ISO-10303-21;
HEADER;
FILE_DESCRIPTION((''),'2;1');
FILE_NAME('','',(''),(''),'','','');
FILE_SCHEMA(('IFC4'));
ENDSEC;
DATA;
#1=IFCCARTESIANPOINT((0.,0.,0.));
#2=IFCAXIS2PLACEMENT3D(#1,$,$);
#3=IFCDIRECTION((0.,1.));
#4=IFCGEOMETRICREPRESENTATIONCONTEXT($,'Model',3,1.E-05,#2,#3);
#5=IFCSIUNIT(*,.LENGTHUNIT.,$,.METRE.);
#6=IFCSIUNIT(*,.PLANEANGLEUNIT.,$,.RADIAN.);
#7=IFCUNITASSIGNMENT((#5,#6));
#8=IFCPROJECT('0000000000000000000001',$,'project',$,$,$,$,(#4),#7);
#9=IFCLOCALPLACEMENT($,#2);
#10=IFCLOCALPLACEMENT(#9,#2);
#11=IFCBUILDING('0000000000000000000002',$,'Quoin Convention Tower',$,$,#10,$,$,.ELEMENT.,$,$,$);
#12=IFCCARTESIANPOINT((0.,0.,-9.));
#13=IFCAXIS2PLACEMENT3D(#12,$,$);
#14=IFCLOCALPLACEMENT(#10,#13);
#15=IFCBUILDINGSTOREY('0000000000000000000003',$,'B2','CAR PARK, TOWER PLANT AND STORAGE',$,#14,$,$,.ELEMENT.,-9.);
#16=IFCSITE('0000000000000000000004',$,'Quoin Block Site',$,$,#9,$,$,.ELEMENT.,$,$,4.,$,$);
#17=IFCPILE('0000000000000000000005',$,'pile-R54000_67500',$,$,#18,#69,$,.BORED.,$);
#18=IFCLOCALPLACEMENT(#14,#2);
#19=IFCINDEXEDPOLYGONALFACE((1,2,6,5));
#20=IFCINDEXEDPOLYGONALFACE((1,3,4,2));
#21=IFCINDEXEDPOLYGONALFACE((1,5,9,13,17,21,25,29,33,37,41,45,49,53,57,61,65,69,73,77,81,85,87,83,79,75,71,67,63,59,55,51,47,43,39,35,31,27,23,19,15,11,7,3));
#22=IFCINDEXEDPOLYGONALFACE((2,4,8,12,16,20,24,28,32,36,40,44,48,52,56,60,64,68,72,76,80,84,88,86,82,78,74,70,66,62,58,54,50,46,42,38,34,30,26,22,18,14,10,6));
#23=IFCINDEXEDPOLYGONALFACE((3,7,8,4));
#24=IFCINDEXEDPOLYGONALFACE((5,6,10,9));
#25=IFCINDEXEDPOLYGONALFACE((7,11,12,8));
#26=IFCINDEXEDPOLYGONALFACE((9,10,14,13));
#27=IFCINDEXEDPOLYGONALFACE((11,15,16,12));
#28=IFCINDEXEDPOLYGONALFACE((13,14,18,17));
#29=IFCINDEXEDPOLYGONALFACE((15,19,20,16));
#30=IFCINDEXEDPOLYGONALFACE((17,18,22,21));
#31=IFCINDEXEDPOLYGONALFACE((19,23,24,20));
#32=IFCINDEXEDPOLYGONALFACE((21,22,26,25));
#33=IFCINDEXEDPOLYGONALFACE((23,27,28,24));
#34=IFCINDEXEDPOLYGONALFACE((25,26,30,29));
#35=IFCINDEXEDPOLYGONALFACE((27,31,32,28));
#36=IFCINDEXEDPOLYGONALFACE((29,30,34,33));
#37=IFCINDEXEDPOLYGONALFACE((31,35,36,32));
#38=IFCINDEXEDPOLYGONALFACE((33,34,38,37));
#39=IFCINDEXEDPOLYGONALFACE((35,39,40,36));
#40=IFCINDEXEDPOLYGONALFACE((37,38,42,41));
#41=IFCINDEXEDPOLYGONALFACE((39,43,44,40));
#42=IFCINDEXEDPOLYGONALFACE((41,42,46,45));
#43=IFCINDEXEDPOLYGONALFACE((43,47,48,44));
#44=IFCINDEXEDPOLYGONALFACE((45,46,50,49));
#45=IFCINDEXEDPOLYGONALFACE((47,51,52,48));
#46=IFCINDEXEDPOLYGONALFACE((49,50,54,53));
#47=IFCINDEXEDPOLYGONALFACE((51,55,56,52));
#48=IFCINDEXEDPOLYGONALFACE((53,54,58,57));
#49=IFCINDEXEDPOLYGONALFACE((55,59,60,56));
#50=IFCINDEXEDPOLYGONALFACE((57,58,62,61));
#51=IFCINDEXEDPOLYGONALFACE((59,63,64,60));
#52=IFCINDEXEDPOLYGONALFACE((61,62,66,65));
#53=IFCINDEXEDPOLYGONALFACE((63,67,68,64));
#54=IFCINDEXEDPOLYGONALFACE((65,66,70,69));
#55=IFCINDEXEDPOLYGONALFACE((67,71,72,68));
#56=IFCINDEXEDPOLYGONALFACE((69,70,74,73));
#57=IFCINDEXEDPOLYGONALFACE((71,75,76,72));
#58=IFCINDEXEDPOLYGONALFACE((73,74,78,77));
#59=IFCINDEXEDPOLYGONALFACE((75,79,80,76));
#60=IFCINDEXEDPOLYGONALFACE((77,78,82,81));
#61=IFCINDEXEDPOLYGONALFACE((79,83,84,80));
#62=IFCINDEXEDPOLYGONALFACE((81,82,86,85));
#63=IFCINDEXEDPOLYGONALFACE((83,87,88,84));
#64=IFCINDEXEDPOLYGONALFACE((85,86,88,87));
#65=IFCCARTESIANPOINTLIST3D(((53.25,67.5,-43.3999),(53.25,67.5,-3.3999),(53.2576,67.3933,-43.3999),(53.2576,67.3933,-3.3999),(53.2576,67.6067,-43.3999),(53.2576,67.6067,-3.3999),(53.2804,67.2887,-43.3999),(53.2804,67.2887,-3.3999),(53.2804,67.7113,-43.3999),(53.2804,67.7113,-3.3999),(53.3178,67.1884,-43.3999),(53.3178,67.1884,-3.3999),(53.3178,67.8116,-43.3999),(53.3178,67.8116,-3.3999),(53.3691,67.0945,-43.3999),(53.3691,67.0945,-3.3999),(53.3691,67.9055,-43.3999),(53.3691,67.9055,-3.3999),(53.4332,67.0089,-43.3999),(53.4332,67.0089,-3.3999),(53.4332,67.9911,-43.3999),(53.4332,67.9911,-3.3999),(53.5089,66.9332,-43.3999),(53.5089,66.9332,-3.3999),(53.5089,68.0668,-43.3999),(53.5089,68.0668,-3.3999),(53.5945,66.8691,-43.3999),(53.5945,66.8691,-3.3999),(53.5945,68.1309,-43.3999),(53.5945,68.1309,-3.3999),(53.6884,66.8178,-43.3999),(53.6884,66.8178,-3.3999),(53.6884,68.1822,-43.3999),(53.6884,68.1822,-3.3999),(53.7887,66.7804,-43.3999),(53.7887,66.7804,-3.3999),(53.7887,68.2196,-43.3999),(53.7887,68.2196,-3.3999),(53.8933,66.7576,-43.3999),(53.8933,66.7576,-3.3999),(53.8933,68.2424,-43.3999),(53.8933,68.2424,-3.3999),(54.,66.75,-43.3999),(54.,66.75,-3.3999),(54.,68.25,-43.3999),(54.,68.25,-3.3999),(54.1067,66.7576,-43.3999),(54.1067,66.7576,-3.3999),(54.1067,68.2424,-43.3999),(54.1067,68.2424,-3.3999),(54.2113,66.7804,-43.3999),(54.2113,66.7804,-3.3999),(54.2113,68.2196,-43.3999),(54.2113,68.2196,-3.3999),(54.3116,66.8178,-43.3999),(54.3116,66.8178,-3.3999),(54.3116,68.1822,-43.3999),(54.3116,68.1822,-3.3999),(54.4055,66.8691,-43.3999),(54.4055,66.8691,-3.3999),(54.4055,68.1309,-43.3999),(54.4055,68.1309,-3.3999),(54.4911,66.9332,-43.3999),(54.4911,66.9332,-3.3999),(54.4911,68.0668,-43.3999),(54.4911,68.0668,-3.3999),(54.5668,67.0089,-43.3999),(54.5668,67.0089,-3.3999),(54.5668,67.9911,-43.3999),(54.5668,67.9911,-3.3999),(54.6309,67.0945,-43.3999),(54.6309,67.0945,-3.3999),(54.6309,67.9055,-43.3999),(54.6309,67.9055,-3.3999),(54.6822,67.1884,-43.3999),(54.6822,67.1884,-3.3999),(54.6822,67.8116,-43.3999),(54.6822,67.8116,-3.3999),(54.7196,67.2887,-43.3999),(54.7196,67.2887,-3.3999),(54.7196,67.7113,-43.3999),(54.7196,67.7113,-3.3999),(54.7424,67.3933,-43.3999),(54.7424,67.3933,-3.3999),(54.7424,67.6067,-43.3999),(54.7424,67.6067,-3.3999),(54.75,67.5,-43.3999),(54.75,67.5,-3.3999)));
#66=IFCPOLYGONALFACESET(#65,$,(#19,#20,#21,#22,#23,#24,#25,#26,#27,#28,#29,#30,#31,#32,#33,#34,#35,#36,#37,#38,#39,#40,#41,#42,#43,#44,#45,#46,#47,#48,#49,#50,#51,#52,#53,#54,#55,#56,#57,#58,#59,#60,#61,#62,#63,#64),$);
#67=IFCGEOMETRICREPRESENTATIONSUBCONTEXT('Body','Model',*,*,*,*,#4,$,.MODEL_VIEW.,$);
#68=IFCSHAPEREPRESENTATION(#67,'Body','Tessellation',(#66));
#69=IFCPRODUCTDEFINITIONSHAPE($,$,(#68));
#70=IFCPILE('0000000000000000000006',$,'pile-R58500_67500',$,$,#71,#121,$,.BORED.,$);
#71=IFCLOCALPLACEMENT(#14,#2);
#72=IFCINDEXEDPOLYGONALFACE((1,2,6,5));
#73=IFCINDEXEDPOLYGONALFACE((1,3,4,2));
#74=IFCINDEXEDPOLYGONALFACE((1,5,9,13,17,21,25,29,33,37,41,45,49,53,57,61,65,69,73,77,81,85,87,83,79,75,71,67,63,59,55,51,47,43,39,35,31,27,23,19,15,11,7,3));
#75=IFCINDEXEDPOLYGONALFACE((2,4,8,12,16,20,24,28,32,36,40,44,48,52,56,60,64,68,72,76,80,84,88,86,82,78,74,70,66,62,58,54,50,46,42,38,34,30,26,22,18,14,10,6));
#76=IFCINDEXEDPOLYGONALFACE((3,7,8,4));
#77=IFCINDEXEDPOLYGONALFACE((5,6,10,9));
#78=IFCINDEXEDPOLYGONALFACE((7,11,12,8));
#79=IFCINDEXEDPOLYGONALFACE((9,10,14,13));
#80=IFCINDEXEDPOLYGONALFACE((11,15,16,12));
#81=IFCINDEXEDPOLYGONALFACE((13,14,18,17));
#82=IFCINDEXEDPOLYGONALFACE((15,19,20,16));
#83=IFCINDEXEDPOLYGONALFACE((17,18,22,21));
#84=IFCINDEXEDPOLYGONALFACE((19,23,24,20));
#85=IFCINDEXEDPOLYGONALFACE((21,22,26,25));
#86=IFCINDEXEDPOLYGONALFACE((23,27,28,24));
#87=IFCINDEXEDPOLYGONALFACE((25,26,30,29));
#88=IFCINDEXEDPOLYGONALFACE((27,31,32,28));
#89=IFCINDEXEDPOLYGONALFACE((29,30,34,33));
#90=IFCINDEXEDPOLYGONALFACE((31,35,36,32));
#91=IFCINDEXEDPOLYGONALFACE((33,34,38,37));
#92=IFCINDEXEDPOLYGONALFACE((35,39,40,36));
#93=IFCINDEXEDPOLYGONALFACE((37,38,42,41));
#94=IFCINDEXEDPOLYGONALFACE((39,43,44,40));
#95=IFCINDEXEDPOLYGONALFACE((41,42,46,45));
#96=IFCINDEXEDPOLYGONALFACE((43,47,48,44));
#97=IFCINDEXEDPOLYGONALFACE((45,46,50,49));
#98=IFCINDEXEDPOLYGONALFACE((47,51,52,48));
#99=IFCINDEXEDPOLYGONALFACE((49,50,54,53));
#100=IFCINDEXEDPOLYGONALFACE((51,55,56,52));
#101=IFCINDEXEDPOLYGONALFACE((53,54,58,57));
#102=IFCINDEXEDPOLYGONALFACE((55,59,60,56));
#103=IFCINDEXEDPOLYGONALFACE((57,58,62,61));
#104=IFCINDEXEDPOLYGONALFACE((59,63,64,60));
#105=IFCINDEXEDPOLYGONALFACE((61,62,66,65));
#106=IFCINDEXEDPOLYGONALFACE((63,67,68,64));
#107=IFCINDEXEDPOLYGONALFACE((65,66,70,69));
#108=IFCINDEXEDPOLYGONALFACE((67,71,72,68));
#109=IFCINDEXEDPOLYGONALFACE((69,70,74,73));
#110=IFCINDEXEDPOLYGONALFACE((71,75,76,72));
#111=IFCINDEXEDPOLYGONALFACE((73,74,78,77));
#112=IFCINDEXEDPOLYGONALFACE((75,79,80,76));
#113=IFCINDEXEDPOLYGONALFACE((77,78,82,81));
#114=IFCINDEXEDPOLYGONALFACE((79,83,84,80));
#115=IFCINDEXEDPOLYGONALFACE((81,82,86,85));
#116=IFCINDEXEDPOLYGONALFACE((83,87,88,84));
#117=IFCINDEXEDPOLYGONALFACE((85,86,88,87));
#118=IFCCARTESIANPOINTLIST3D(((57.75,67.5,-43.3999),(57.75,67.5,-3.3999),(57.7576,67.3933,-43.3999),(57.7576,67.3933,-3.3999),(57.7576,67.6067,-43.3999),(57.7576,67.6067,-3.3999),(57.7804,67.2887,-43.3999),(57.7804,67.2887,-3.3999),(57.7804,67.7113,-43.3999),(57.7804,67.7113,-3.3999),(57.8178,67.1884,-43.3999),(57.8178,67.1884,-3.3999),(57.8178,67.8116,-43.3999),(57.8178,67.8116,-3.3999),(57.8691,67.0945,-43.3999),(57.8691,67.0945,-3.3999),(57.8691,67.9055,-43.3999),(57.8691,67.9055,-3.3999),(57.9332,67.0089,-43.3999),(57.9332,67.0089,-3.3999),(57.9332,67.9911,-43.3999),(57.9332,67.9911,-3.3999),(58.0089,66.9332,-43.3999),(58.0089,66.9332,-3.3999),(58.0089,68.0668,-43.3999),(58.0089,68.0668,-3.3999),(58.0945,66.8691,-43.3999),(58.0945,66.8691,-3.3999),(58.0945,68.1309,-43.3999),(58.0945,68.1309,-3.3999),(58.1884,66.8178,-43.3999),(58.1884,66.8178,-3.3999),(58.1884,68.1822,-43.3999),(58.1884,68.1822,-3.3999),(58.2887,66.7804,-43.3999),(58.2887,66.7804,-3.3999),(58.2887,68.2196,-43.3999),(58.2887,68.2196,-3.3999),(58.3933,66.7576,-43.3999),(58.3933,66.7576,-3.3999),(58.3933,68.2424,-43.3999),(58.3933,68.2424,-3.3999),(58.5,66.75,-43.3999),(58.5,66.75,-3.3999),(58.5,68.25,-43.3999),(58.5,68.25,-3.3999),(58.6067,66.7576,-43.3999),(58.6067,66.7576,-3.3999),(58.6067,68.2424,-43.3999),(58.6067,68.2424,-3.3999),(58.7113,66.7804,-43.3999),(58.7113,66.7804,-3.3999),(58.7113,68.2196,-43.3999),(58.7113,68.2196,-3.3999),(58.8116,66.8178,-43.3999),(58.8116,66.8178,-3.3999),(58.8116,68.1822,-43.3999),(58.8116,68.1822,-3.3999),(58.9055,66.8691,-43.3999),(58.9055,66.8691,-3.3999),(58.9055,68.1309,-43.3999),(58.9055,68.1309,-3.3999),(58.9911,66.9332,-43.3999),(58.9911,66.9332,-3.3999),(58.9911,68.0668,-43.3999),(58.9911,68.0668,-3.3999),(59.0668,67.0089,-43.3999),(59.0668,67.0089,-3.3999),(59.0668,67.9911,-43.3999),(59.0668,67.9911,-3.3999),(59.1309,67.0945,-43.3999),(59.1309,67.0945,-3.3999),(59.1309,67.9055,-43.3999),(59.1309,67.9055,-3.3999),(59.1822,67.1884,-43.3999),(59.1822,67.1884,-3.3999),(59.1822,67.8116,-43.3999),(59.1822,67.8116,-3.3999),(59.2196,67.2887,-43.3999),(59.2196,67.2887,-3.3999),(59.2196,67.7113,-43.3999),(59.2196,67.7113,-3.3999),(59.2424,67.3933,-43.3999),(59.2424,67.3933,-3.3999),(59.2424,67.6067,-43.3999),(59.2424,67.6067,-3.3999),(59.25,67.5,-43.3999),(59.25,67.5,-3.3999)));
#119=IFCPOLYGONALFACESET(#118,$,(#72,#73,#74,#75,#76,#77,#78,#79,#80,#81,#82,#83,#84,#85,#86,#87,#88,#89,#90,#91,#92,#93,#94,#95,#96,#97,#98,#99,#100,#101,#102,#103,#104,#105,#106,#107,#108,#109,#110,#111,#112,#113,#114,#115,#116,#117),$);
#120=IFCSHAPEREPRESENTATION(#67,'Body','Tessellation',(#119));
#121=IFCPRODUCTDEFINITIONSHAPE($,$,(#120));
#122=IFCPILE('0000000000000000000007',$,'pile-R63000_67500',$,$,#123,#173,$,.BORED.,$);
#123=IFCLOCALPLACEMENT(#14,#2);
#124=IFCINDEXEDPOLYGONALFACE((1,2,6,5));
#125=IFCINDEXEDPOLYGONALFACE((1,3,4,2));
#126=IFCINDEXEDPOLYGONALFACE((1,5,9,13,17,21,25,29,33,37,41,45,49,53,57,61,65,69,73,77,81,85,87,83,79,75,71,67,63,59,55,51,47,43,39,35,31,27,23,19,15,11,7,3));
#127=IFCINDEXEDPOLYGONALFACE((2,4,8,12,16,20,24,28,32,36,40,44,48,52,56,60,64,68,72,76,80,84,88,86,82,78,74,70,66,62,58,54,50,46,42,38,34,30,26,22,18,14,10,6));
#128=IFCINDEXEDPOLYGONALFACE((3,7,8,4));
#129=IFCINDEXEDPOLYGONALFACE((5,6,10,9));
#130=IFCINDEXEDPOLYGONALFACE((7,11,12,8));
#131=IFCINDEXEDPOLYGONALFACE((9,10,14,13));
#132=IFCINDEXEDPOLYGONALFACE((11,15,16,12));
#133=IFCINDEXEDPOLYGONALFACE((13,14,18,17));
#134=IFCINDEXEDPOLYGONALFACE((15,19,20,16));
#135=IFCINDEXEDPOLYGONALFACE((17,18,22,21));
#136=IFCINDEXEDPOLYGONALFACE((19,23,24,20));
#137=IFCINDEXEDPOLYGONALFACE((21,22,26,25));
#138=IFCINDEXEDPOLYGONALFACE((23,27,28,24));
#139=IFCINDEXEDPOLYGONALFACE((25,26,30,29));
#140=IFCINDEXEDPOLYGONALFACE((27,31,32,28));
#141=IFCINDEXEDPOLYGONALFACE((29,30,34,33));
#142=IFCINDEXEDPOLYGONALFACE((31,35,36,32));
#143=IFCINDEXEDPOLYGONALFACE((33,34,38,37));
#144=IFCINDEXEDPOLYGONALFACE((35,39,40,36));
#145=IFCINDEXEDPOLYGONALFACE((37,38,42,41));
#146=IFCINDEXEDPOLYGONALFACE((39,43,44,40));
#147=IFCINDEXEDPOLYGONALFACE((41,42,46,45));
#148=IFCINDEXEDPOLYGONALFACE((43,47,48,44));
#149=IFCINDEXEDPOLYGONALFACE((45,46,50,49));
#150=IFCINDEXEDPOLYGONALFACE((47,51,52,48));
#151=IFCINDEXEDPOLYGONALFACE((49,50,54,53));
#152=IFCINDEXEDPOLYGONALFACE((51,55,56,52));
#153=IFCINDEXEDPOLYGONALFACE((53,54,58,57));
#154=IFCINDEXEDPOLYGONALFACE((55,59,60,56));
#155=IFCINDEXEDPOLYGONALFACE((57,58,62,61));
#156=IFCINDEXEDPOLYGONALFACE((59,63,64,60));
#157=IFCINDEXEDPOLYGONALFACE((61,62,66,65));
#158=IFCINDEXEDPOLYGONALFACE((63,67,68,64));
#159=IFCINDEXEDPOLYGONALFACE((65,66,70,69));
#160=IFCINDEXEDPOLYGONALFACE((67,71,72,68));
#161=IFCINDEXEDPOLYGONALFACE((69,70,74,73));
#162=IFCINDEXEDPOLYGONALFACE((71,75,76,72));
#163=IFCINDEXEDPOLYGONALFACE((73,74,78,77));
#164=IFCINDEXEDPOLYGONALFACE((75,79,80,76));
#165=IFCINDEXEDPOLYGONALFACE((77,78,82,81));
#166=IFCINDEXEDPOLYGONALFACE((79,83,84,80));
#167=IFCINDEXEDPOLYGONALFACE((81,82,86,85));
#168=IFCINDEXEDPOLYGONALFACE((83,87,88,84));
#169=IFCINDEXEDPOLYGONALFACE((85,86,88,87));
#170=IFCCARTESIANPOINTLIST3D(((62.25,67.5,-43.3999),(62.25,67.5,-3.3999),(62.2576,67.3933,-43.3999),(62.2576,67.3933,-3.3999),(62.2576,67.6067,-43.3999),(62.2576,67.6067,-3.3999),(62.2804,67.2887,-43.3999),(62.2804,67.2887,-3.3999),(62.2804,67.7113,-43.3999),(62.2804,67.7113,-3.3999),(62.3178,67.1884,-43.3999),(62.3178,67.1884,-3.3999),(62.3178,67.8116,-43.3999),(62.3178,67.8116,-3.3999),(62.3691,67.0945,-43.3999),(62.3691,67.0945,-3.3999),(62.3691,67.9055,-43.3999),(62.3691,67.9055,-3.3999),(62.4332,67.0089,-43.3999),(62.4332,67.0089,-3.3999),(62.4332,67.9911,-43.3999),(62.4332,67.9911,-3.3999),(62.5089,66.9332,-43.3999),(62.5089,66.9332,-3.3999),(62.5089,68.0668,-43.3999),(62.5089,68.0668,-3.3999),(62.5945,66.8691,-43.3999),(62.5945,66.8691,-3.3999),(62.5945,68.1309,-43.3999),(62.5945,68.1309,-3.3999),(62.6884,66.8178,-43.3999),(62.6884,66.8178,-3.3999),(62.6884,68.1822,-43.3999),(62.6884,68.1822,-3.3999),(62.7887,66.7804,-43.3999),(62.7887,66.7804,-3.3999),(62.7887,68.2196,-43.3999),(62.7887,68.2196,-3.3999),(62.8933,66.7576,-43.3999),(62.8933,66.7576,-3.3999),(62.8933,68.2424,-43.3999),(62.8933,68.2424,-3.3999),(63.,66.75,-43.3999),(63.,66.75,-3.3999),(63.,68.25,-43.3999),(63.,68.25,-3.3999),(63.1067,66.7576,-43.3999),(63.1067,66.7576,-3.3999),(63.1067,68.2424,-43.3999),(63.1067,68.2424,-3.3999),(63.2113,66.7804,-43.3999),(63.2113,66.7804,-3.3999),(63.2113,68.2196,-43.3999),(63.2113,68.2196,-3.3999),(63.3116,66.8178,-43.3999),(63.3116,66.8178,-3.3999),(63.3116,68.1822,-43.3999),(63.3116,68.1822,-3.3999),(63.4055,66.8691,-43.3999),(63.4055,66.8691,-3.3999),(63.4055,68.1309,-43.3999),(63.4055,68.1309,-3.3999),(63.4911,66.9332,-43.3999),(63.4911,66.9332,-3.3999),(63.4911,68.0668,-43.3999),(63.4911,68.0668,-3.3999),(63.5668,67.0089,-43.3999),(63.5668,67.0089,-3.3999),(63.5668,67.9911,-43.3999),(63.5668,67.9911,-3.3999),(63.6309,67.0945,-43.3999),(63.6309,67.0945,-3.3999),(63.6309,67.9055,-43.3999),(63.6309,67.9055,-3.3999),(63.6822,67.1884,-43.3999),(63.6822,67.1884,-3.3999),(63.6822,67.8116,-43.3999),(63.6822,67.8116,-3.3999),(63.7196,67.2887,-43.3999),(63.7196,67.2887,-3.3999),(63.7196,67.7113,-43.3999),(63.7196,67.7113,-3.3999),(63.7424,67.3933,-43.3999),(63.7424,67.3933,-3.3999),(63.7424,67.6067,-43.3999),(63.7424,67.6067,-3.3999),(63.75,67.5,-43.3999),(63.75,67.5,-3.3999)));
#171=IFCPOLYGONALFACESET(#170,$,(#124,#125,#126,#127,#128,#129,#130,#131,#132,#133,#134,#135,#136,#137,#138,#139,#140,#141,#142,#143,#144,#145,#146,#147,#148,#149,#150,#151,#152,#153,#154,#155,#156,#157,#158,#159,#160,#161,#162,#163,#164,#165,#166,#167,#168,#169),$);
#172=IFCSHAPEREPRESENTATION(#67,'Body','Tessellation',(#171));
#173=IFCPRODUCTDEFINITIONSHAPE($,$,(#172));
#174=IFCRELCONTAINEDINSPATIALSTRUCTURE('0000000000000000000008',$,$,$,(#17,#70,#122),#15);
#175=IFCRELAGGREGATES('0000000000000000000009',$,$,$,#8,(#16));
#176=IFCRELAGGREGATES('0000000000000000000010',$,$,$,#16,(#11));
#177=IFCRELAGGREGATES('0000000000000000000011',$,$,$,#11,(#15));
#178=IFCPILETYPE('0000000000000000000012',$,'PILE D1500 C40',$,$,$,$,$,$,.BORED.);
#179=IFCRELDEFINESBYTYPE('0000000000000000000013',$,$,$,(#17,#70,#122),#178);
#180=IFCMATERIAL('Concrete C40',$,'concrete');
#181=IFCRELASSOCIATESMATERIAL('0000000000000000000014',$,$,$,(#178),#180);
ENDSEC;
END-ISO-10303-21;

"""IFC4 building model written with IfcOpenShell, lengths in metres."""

from ifc_helpers import new_model, si_unit, direction, frame, origin, origin_2d, place, context, subcontext, project, spatial, circle, extrude, material, material_profile, profile_set, type_object, element, save


model = new_model("IFC4")

# Units and contexts
model_context = context("Model", 3, precision=1e-05, world=origin(), true_north=direction((0.0, 1.0)))
body_context = subcontext(model_context, "Body", "Model", "MODEL_VIEW")
ifc_project = project(units=[si_unit("LENGTHUNIT", "METRE"), si_unit("PLANEANGLEUNIT", "RADIAN")], contexts=[model_context])

# Site, building, storey
site_placement = place(None, origin())
site = spatial("IfcSite", under=ifc_project, at=site_placement, Name="Quoin Block Site", CompositionType="ELEMENT", RefElevation=4.0)
building_placement = place(site_placement, origin())
building = spatial("IfcBuilding", under=site, at=building_placement, Name="Quoin Convention Tower", CompositionType="ELEMENT")
storey_placement = place(building_placement, frame((0.0, 0.0, -9.0)))
storey = spatial("IfcBuildingStorey", under=building, at=storey_placement, Name="B2", Description="CAR PARK, TOWER PLANT AND STORAGE", CompositionType="ELEMENT", Elevation=-9.0)

# Piles
ifc_material_1 = material(Name="Concrete C40", Category="concrete")
ifc_material_profile = material_profile(ifc_material_1, circle(Radius=0.75, at=origin_2d()), Name="D1500")
ifc_profile_set = profile_set([ifc_material_profile], Name="Concrete C40")
pile_type = type_object("IfcPileType", Name="PILE D1500 C40", PredefinedType="BORED", material=ifc_profile_set)
for number, where, z_axis, x_axis, name in (
    (1, (54.0, 67.5, -3.3999), (0.0, 0.0, -1.0), (1.0, 0.0, 0.0), "pile-R54000_67500"),
    (2, (58.5, 67.5, -3.3999), (0.0, 0.0, -1.0), (1.0, 0.0, 0.0), "pile-R58500_67500"),
    (3, (63.0, 67.5, -3.3999), (0.0, 0.0, -1.0), (1.0, 0.0, 0.0), "pile-R63000_67500"),
):
    element("IfcPile", number, at=place(storey_placement, frame(where, z_axis=z_axis, x_axis=x_axis)), inside=storey, type_object=pile_type, Name=name, PredefinedType="BORED", context=body_context, shape_type="SweptSolid", body=[
        extrude(circle(Radius=0.75, at=origin_2d()), origin(), (0.0, 0.0, 1.0), 40.0),
    ])

save(model, "model.ifc")
